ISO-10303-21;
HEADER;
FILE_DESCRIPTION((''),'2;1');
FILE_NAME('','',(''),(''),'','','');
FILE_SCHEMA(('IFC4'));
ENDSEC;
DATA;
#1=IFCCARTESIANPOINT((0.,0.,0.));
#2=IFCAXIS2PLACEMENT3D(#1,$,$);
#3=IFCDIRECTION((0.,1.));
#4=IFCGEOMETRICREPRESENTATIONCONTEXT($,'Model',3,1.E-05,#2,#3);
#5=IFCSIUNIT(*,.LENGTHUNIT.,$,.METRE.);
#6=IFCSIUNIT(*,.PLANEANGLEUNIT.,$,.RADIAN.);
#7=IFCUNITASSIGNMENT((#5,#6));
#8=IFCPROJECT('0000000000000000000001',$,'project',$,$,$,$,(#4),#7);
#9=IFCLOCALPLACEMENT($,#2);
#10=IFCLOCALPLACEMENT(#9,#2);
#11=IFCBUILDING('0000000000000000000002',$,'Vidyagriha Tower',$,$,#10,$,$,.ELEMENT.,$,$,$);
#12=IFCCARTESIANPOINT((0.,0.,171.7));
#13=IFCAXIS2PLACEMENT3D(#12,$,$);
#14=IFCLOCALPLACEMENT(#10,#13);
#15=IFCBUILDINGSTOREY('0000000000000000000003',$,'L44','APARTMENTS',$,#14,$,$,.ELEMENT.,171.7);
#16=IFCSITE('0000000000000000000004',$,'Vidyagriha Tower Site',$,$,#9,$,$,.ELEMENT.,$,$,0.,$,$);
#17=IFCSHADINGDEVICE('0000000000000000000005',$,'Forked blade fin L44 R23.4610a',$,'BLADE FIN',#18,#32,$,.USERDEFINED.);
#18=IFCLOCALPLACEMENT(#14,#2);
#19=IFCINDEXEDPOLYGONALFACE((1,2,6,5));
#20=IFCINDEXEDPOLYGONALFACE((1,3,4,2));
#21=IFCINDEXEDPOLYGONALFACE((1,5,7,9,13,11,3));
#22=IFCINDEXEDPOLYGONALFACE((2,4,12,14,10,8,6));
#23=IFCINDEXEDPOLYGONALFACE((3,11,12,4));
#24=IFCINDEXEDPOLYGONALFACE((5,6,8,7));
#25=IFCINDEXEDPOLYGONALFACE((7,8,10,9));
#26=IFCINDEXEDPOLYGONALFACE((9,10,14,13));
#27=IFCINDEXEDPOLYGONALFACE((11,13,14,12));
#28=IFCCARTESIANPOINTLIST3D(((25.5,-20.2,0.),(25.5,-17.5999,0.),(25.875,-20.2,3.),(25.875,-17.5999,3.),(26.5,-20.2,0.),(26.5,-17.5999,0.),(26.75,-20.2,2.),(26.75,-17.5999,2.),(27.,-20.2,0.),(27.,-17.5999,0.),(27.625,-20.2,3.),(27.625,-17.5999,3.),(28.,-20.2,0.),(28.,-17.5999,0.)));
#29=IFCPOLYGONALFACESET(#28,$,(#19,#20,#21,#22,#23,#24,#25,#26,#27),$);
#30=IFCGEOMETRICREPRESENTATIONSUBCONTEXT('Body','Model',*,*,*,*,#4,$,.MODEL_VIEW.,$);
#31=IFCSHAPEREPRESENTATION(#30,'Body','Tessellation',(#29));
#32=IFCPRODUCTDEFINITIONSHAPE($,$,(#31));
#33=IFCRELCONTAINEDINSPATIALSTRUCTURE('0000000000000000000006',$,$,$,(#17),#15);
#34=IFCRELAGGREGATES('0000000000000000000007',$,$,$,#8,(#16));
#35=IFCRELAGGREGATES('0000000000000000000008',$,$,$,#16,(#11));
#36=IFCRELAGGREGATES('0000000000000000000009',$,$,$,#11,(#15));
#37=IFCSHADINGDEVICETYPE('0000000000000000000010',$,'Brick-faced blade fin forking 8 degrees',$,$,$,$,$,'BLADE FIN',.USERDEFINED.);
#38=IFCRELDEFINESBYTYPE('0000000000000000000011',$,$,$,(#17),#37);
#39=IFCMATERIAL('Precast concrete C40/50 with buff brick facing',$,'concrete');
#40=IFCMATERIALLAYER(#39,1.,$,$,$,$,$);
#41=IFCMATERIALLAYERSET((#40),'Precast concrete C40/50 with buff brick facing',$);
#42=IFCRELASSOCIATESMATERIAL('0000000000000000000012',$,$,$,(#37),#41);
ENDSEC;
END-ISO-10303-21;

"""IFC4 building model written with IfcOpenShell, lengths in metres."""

from ifc_helpers import new_model, si_unit, direction, frame, origin, place, context, subcontext, project, spatial, polyline, outline, extrude, material, layer, layer_set, type_object, element, save


model = new_model("IFC4")

# Units and contexts
model_context = context("Model", 3, precision=1e-05, world=origin(), true_north=direction((0.0, 1.0)))
body_context = subcontext(model_context, "Body", "Model", "MODEL_VIEW")
ifc_project = project(units=[si_unit("LENGTHUNIT", "METRE"), si_unit("PLANEANGLEUNIT", "RADIAN")], contexts=[model_context])

# Site, building, storey
site_placement = place(None, origin())
site = spatial("IfcSite", under=ifc_project, at=site_placement, Name="Vidyagriha Tower Site", CompositionType="ELEMENT", RefElevation=0.0)
building_placement = place(site_placement, origin())
building = spatial("IfcBuilding", under=site, at=building_placement, Name="Vidyagriha Tower", CompositionType="ELEMENT")
storey_placement = place(building_placement, frame((0.0, 0.0, 171.7)))
storey = spatial("IfcBuildingStorey", under=building, at=storey_placement, Name="L44", Description="APARTMENTS", CompositionType="ELEMENT", Elevation=171.7)

# Shading device
ifc_material_1 = material(Name="Precast concrete C40/50 with buff brick facing", Category="concrete")
ifc_layer_1 = layer(ifc_material_1, 1.0)
ifc_layer_set_1 = layer_set([ifc_layer_1], Name="Precast concrete C40/50 with buff brick facing")
shading_device_type_1 = type_object("IfcShadingDeviceType", Name="Brick-faced blade fin forking 8 degrees", ElementType="BLADE FIN", PredefinedType="USERDEFINED", material=ifc_layer_set_1)
shading_device_1_placement = place(storey_placement, frame((25.5, -18.8999, 0.0)))
element("IfcShadingDevice", 1, at=shading_device_1_placement, inside=storey, type_object=shading_device_type_1, Name="Forked blade fin L44 R23.4610a", ObjectType="BLADE FIN", PredefinedType="USERDEFINED", context=body_context, shape_type="SweptSolid", body=[
    extrude(outline(polyline([(1.0, 0.0), (1.25, 2.0), (1.5, 0.0), (2.5, 0.0), (2.125, 3.0), (0.375, 3.0), (0.0, 0.0), (1.0, 0.0)])), frame((0.0, 1.3, 0.0), z_axis=(0.0, -1.0, 0.0), x_axis=(1.0, 0.0, 0.0)), (0.0, 0.0, 1.0), 2.6001),
])

save(model, "model.ifc")
